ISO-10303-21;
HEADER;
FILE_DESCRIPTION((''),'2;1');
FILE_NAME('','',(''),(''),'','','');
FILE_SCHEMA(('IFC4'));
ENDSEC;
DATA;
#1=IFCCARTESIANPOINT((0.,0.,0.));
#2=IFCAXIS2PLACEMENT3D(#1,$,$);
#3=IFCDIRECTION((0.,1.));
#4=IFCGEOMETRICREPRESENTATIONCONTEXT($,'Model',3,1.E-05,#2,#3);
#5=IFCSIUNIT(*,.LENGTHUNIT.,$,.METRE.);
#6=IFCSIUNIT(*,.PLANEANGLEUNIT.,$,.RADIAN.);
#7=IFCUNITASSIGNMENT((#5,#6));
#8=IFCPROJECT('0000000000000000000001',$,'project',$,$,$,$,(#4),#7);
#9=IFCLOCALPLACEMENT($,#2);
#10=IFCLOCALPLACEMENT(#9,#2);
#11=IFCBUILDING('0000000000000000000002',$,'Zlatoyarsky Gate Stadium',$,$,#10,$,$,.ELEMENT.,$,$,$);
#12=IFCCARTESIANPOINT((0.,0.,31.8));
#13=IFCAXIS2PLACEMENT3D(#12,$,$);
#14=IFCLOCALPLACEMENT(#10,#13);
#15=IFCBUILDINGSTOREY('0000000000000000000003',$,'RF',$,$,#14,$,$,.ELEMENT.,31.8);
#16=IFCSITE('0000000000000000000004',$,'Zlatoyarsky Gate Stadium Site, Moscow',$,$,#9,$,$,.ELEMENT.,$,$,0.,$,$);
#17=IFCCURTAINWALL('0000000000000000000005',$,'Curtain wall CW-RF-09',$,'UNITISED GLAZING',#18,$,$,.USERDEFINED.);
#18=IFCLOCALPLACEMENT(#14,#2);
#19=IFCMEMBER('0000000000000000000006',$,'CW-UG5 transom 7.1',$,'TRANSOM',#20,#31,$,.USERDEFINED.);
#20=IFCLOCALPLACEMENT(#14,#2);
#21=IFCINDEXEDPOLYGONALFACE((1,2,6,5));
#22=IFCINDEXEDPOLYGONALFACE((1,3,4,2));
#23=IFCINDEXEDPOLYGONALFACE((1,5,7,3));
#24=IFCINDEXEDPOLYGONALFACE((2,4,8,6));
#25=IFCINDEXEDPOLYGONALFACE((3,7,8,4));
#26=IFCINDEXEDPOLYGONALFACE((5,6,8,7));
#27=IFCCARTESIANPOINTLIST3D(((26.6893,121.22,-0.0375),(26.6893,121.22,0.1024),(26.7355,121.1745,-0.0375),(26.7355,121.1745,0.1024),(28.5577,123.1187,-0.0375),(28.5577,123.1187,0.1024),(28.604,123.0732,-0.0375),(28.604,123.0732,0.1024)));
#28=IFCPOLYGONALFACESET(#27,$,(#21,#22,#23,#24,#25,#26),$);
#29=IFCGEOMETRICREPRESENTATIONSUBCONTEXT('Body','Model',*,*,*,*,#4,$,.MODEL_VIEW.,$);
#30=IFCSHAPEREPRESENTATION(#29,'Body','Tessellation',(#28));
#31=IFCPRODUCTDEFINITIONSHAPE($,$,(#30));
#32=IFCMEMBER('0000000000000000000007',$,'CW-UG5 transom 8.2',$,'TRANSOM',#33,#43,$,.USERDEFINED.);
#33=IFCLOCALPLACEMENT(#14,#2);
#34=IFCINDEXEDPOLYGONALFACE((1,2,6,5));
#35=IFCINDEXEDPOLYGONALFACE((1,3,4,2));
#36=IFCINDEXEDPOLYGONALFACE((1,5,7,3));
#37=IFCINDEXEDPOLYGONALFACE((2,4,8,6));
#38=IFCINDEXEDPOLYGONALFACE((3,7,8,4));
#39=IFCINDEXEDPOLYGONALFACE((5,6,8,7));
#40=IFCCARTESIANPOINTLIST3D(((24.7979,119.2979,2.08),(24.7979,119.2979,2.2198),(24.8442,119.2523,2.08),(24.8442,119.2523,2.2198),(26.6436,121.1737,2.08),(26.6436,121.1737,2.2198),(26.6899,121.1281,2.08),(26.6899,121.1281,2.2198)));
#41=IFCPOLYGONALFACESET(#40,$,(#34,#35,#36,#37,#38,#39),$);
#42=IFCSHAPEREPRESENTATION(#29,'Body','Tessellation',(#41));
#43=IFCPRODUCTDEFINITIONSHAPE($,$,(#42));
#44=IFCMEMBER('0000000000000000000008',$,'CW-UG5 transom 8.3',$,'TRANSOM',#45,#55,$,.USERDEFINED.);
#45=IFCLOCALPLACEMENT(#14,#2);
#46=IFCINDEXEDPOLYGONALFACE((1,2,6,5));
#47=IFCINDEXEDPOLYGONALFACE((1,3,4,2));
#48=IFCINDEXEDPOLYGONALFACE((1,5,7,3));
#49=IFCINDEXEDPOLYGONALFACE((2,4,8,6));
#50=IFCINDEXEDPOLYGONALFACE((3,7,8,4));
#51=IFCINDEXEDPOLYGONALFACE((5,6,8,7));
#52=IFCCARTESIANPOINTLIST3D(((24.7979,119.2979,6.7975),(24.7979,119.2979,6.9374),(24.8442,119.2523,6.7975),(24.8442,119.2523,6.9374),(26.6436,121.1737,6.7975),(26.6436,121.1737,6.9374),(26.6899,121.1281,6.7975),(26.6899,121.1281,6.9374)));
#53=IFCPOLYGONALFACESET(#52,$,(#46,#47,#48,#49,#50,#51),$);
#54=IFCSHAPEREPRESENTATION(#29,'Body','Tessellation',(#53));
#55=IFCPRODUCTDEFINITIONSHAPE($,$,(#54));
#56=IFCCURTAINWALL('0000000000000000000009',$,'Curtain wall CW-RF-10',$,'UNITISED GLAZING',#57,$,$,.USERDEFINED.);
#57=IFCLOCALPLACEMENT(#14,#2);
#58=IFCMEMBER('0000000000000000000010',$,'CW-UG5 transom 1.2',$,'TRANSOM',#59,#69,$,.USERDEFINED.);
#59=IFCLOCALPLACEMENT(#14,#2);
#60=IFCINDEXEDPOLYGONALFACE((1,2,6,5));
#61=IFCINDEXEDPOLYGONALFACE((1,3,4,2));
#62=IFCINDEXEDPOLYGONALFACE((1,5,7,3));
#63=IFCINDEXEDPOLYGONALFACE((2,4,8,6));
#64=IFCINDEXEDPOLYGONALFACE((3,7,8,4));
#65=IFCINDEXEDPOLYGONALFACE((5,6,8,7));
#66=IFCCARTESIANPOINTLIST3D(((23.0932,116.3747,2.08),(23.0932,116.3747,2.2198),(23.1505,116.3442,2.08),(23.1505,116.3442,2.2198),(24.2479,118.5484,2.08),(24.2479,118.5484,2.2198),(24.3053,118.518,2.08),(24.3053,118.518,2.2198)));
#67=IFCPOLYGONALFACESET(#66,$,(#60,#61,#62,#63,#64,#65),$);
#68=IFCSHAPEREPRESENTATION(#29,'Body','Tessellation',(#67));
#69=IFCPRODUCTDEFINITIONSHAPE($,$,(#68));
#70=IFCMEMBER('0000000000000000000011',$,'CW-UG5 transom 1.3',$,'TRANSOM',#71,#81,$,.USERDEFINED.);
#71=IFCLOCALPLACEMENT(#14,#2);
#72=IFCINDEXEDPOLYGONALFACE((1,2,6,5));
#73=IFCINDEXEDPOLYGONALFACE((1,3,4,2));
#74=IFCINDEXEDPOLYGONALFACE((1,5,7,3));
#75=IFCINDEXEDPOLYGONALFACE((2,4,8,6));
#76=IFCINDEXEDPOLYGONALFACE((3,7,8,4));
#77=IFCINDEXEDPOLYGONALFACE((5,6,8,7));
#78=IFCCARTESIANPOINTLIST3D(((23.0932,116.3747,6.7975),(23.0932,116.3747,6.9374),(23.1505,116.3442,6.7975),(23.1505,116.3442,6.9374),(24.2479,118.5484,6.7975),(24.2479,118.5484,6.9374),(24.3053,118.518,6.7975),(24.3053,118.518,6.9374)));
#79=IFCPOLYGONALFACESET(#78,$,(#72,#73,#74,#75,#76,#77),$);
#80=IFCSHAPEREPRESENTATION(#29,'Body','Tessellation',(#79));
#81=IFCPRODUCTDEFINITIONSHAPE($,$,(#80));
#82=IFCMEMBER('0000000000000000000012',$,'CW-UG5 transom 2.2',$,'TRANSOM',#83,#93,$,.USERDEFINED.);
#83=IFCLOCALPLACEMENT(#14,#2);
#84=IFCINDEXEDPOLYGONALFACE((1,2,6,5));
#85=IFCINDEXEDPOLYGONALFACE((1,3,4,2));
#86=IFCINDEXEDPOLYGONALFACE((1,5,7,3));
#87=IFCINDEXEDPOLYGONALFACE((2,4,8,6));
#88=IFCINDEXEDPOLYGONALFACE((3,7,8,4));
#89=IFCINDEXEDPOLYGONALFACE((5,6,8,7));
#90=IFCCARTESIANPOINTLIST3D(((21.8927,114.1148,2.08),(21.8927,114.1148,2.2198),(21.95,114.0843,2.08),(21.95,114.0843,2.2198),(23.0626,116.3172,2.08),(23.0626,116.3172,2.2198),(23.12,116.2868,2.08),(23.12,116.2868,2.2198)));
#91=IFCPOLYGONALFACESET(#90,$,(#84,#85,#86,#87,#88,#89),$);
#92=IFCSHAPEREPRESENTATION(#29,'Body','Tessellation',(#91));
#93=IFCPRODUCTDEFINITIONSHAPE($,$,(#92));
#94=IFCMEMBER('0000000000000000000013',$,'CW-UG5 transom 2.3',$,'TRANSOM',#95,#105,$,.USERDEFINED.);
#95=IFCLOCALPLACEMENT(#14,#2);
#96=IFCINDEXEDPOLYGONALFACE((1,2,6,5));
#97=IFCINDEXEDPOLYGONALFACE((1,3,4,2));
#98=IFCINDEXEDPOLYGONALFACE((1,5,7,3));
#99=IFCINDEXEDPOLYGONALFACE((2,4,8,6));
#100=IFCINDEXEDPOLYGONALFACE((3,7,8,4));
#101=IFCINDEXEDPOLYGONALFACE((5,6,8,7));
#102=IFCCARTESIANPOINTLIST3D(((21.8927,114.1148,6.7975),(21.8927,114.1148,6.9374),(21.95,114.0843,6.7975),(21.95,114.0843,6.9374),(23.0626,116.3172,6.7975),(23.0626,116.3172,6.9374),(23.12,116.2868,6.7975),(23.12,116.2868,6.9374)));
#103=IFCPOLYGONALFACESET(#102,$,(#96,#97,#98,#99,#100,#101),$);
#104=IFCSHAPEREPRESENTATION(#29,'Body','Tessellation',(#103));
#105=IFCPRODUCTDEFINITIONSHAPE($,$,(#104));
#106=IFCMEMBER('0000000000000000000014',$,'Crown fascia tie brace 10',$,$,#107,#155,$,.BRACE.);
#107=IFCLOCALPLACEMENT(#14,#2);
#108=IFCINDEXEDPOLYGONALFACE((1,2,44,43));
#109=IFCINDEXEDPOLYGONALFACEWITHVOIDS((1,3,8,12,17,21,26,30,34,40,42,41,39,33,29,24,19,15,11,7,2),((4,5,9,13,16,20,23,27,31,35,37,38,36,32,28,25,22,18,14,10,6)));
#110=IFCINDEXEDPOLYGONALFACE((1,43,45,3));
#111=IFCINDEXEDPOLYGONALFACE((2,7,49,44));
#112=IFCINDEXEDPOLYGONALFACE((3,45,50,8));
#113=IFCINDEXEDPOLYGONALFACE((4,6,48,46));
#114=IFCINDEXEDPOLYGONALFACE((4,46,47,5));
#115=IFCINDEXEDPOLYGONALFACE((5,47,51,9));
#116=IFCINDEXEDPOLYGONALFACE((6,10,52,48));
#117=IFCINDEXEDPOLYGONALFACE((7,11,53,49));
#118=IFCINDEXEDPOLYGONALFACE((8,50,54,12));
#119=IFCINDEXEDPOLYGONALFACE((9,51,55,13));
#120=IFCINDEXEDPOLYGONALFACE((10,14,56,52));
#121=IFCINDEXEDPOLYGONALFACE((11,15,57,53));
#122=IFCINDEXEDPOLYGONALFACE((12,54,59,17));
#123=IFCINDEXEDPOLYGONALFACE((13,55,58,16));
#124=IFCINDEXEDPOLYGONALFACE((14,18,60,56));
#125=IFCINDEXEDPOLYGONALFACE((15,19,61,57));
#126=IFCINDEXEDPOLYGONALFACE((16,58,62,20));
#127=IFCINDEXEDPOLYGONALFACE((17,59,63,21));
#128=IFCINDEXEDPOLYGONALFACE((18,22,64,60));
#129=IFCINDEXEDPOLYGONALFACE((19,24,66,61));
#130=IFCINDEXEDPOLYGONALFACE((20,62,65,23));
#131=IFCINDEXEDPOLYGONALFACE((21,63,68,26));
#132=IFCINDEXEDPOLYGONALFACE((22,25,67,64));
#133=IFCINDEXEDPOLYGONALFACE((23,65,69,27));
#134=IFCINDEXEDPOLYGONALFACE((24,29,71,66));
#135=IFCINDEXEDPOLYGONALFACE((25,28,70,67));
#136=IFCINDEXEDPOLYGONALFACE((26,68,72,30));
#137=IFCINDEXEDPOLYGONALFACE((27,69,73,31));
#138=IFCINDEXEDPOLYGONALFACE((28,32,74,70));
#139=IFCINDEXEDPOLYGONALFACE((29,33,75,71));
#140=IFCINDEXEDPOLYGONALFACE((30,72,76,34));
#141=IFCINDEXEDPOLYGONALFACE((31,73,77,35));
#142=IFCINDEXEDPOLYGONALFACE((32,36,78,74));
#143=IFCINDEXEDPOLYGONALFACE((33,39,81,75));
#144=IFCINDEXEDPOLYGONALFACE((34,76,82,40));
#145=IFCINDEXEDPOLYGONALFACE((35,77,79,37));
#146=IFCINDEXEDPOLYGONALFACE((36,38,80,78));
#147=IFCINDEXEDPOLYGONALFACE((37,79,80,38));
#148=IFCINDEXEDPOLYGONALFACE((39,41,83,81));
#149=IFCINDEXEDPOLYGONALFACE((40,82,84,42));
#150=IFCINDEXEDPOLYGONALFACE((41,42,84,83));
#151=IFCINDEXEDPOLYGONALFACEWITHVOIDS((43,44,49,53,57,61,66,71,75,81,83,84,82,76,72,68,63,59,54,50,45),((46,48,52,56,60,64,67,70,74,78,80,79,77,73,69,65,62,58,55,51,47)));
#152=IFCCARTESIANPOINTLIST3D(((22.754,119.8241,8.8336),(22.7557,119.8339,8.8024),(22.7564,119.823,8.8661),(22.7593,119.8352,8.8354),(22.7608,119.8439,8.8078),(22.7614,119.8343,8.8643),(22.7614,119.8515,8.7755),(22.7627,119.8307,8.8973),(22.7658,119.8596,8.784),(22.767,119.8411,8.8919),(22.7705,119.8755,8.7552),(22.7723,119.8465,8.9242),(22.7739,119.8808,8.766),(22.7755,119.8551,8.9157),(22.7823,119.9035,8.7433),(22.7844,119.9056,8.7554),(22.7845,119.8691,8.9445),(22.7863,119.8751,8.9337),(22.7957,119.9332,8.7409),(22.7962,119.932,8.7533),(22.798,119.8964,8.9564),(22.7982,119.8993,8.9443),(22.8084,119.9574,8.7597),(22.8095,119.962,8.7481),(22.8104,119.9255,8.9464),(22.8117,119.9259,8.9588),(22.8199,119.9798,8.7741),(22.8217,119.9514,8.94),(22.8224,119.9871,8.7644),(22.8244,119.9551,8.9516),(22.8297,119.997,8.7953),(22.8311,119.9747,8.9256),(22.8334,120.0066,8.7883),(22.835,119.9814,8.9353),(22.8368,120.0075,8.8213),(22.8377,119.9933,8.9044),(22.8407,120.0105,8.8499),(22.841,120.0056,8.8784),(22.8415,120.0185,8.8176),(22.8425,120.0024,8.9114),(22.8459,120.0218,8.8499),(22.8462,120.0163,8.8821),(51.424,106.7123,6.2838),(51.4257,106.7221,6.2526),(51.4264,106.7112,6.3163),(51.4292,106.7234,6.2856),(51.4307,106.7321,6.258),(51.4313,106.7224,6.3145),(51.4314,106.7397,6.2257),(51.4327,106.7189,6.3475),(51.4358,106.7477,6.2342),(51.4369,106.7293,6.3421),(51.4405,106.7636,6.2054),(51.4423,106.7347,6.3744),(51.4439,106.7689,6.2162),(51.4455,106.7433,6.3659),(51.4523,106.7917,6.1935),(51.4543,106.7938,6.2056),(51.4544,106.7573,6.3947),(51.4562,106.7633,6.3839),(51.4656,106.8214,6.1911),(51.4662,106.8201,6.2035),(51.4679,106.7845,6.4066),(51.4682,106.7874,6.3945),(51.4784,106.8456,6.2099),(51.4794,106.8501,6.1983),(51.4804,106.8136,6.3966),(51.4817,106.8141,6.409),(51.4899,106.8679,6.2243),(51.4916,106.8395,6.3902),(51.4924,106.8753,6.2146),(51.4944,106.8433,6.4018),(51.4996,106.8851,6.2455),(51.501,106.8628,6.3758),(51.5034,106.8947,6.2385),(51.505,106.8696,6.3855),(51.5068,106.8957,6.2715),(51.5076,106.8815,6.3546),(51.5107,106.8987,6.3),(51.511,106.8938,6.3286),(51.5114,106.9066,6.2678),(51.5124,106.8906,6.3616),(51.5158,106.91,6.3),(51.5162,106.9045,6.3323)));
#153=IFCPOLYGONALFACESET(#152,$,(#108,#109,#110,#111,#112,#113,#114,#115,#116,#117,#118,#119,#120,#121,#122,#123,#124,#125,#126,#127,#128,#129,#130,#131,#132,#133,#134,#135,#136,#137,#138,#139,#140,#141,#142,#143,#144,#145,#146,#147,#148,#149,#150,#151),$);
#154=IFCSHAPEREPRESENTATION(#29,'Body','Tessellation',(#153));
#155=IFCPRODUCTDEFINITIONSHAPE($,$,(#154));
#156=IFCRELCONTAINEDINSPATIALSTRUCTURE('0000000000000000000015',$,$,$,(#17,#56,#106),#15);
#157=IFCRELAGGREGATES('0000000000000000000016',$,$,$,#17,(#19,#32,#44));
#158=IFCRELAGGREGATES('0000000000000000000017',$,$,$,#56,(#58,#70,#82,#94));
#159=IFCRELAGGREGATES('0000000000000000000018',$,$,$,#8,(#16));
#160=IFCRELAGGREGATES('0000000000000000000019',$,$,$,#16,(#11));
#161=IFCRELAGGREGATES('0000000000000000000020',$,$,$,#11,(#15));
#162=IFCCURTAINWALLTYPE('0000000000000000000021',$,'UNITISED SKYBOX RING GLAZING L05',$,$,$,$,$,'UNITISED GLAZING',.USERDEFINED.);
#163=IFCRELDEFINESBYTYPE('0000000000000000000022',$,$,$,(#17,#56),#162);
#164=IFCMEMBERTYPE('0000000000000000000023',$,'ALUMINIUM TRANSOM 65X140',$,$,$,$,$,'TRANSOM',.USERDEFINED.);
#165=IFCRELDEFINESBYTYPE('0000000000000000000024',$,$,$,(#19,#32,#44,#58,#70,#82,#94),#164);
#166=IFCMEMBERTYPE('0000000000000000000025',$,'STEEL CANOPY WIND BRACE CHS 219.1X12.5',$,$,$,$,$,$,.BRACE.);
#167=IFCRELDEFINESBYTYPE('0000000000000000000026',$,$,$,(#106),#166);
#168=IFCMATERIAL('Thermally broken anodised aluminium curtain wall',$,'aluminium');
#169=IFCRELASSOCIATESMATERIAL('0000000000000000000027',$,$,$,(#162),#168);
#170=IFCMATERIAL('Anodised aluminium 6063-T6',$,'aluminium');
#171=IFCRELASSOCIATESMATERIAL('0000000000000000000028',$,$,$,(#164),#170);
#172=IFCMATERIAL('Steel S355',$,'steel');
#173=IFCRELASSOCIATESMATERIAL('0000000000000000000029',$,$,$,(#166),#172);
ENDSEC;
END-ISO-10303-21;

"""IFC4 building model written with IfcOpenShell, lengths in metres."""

from ifc_helpers import new_model, si_unit, direction, frame, origin, origin_2d, place, context, subcontext, project, spatial, rectangle, hollow_circle, extrude, material, material_profile, profile_set, type_object, element, aggregate, save


model = new_model("IFC4")

# Units and contexts
model_context = context("Model", 3, precision=1e-05, world=origin(), true_north=direction((0.0, 1.0)))
body_context = subcontext(model_context, "Body", "Model", "MODEL_VIEW")
ifc_project = project(units=[si_unit("LENGTHUNIT", "METRE"), si_unit("PLANEANGLEUNIT", "RADIAN")], contexts=[model_context])

# Site, building, storey
site_placement = place(None, origin())
site = spatial("IfcSite", under=ifc_project, at=site_placement, Name="Zlatoyarsky Gate Stadium Site, Moscow", CompositionType="ELEMENT", RefElevation=0.0)
building_placement = place(site_placement, origin())
building = spatial("IfcBuilding", under=site, at=building_placement, Name="Zlatoyarsky Gate Stadium", CompositionType="ELEMENT")
storey_placement = place(building_placement, frame((0.0, 0.0, 31.8)))
storey = spatial("IfcBuildingStorey", under=building, at=storey_placement, Name="RF", CompositionType="ELEMENT", Elevation=31.8)

# Curtain walls, members
ifc_material_1 = material(Name="Thermally broken anodised aluminium curtain wall", Category="aluminium")
curtain_wall_type = type_object("IfcCurtainWallType", Name="UNITISED SKYBOX RING GLAZING L05", ElementType="UNITISED GLAZING", PredefinedType="USERDEFINED", material=ifc_material_1)
curtain_wall_1_placement = place(storey_placement, origin())
curtain_wall_1 = element("IfcCurtainWall", 1, at=curtain_wall_1_placement, inside=storey, type_object=curtain_wall_type, Name="Curtain wall CW-RF-09", ObjectType="UNITISED GLAZING", PredefinedType="USERDEFINED")
ifc_material_2 = material(Name="Anodised aluminium 6063-T6", Category="aluminium")
ifc_material_profile_1 = material_profile(ifc_material_2, rectangle(XDim=0.0649, YDim=0.1399, at=origin_2d()), Name="ALU 65X140")
ifc_profile_set_1 = profile_set([ifc_material_profile_1], Name="Anodised aluminium 6063-T6")
member_type_1 = type_object("IfcMemberType", Name="ALUMINIUM TRANSOM 65X140", ElementType="TRANSOM", PredefinedType="USERDEFINED", material=ifc_profile_set_1)
member_1_placement = place(storey_placement, frame((28.5808, 123.0959, 0.0325), z_axis=(-0.701402, -0.712766, 0.0), x_axis=(0.712766, -0.701402, 0.0)))
member_1 = element("IfcMember", 2, at=member_1_placement, type_object=member_type_1, Name="CW-UG5 transom 7.1", ObjectType="TRANSOM", PredefinedType="USERDEFINED", context=body_context, shape_type="SweptSolid", body=[
    extrude(rectangle(XDim=0.0649, YDim=0.1399, at=origin_2d()), origin(), (0.0, 0.0, 1.0), 2.6638),
])
member_2_placement = place(storey_placement, frame((26.6667, 121.1509, 2.1499), z_axis=(-0.701378, -0.712789, 0.0), x_axis=(0.712789, -0.701378, 0.0)))
member_2 = element("IfcMember", 3, at=member_2_placement, type_object=member_type_1, Name="CW-UG5 transom 8.2", ObjectType="TRANSOM", PredefinedType="USERDEFINED", context=body_context, shape_type="SweptSolid", body=[
    extrude(rectangle(XDim=0.0649, YDim=0.1399, at=origin_2d()), origin(), (0.0, 0.0, 1.0), 2.6316),
])
member_3_placement = place(storey_placement, frame((26.6667, 121.1509, 6.8674), z_axis=(-0.701378, -0.712789, 0.0), x_axis=(0.712789, -0.701378, 0.0)))
member_3 = element("IfcMember", 4, at=member_3_placement, type_object=member_type_1, Name="CW-UG5 transom 8.3", ObjectType="TRANSOM", PredefinedType="USERDEFINED", context=body_context, shape_type="SweptSolid", body=[
    extrude(rectangle(XDim=0.0649, YDim=0.1399, at=origin_2d()), origin(), (0.0, 0.0, 1.0), 2.6316),
])
curtain_wall_2_placement = place(storey_placement, origin())
curtain_wall_2 = element("IfcCurtainWall", 5, at=curtain_wall_2_placement, inside=storey, type_object=curtain_wall_type, Name="Curtain wall CW-RF-10", ObjectType="UNITISED GLAZING", PredefinedType="USERDEFINED")
member_4_placement = place(storey_placement, frame((24.2766, 118.5332, 2.1499), z_axis=(-0.469136, -0.883126, 0.0), x_axis=(0.883126, -0.469136, 0.0)))
member_4 = element("IfcMember", 6, at=member_4_placement, type_object=member_type_1, Name="CW-UG5 transom 1.2", ObjectType="TRANSOM", PredefinedType="USERDEFINED", context=body_context, shape_type="SweptSolid", body=[
    extrude(rectangle(XDim=0.0649, YDim=0.1399, at=origin_2d()), origin(), (0.0, 0.0, 1.0), 2.4614),
])
member_5_placement = place(storey_placement, frame((24.2766, 118.5332, 6.8674), z_axis=(-0.469136, -0.883126, 0.0), x_axis=(0.883126, -0.469136, 0.0)))
member_5 = element("IfcMember", 7, at=member_5_placement, type_object=member_type_1, Name="CW-UG5 transom 1.3", ObjectType="TRANSOM", PredefinedType="USERDEFINED", context=body_context, shape_type="SweptSolid", body=[
    extrude(rectangle(XDim=0.0649, YDim=0.1399, at=origin_2d()), origin(), (0.0, 0.0, 1.0), 2.4614),
])
member_6_placement = place(storey_placement, frame((23.0913, 116.302, 2.1499), z_axis=(-0.469124, -0.883132, 0.0), x_axis=(0.883132, -0.469124, 0.0)))
member_6 = element("IfcMember", 8, at=member_6_placement, type_object=member_type_1, Name="CW-UG5 transom 2.2", ObjectType="TRANSOM", PredefinedType="USERDEFINED", context=body_context, shape_type="SweptSolid", body=[
    extrude(rectangle(XDim=0.0649, YDim=0.1399, at=origin_2d()), origin(), (0.0, 0.0, 1.0), 2.4939),
])
member_7_placement = place(storey_placement, frame((23.0913, 116.302, 6.8674), z_axis=(-0.469124, -0.883132, 0.0), x_axis=(0.883132, -0.469124, 0.0)))
member_7 = element("IfcMember", 9, at=member_7_placement, type_object=member_type_1, Name="CW-UG5 transom 2.3", ObjectType="TRANSOM", PredefinedType="USERDEFINED", context=body_context, shape_type="SweptSolid", body=[
    extrude(rectangle(XDim=0.0649, YDim=0.1399, at=origin_2d()), origin(), (0.0, 0.0, 1.0), 2.4939),
])

# Member
ifc_material_3 = material(Name="Steel S355", Category="steel")
ifc_material_profile_2 = material_profile(ifc_material_3, hollow_circle(Radius=0.1096, WallThickness=0.0125, at=origin_2d()), Name="CHS 219.1X12.5")
ifc_profile_set_2 = profile_set([ifc_material_profile_2], Name="Steel S355")
member_type_2 = type_object("IfcMemberType", Name="STEEL CANOPY WIND BRACE CHS 219.1X12.5", PredefinedType="BRACE", material=ifc_profile_set_2)
member_8_placement = place(storey_placement, frame((22.8003, 119.9221, 8.8499), z_axis=(0.906448, -0.414552, -0.080616), x_axis=(0.415906, 0.909408, 0.0)))
element("IfcMember", 10, at=member_8_placement, inside=storey, type_object=member_type_2, Name="Crown fascia tie brace 10", PredefinedType="BRACE", context=body_context, shape_type="SweptSolid", body=[
    extrude(hollow_circle(Radius=0.1096, WallThickness=0.0125, at=origin_2d()), origin(), (0.0, 0.0, 1.0), 31.6289),
])

aggregate(curtain_wall_1, [member_1, member_2, member_3])
aggregate(curtain_wall_2, [member_4, member_5, member_6, member_7])

save(model, "model.ifc")
